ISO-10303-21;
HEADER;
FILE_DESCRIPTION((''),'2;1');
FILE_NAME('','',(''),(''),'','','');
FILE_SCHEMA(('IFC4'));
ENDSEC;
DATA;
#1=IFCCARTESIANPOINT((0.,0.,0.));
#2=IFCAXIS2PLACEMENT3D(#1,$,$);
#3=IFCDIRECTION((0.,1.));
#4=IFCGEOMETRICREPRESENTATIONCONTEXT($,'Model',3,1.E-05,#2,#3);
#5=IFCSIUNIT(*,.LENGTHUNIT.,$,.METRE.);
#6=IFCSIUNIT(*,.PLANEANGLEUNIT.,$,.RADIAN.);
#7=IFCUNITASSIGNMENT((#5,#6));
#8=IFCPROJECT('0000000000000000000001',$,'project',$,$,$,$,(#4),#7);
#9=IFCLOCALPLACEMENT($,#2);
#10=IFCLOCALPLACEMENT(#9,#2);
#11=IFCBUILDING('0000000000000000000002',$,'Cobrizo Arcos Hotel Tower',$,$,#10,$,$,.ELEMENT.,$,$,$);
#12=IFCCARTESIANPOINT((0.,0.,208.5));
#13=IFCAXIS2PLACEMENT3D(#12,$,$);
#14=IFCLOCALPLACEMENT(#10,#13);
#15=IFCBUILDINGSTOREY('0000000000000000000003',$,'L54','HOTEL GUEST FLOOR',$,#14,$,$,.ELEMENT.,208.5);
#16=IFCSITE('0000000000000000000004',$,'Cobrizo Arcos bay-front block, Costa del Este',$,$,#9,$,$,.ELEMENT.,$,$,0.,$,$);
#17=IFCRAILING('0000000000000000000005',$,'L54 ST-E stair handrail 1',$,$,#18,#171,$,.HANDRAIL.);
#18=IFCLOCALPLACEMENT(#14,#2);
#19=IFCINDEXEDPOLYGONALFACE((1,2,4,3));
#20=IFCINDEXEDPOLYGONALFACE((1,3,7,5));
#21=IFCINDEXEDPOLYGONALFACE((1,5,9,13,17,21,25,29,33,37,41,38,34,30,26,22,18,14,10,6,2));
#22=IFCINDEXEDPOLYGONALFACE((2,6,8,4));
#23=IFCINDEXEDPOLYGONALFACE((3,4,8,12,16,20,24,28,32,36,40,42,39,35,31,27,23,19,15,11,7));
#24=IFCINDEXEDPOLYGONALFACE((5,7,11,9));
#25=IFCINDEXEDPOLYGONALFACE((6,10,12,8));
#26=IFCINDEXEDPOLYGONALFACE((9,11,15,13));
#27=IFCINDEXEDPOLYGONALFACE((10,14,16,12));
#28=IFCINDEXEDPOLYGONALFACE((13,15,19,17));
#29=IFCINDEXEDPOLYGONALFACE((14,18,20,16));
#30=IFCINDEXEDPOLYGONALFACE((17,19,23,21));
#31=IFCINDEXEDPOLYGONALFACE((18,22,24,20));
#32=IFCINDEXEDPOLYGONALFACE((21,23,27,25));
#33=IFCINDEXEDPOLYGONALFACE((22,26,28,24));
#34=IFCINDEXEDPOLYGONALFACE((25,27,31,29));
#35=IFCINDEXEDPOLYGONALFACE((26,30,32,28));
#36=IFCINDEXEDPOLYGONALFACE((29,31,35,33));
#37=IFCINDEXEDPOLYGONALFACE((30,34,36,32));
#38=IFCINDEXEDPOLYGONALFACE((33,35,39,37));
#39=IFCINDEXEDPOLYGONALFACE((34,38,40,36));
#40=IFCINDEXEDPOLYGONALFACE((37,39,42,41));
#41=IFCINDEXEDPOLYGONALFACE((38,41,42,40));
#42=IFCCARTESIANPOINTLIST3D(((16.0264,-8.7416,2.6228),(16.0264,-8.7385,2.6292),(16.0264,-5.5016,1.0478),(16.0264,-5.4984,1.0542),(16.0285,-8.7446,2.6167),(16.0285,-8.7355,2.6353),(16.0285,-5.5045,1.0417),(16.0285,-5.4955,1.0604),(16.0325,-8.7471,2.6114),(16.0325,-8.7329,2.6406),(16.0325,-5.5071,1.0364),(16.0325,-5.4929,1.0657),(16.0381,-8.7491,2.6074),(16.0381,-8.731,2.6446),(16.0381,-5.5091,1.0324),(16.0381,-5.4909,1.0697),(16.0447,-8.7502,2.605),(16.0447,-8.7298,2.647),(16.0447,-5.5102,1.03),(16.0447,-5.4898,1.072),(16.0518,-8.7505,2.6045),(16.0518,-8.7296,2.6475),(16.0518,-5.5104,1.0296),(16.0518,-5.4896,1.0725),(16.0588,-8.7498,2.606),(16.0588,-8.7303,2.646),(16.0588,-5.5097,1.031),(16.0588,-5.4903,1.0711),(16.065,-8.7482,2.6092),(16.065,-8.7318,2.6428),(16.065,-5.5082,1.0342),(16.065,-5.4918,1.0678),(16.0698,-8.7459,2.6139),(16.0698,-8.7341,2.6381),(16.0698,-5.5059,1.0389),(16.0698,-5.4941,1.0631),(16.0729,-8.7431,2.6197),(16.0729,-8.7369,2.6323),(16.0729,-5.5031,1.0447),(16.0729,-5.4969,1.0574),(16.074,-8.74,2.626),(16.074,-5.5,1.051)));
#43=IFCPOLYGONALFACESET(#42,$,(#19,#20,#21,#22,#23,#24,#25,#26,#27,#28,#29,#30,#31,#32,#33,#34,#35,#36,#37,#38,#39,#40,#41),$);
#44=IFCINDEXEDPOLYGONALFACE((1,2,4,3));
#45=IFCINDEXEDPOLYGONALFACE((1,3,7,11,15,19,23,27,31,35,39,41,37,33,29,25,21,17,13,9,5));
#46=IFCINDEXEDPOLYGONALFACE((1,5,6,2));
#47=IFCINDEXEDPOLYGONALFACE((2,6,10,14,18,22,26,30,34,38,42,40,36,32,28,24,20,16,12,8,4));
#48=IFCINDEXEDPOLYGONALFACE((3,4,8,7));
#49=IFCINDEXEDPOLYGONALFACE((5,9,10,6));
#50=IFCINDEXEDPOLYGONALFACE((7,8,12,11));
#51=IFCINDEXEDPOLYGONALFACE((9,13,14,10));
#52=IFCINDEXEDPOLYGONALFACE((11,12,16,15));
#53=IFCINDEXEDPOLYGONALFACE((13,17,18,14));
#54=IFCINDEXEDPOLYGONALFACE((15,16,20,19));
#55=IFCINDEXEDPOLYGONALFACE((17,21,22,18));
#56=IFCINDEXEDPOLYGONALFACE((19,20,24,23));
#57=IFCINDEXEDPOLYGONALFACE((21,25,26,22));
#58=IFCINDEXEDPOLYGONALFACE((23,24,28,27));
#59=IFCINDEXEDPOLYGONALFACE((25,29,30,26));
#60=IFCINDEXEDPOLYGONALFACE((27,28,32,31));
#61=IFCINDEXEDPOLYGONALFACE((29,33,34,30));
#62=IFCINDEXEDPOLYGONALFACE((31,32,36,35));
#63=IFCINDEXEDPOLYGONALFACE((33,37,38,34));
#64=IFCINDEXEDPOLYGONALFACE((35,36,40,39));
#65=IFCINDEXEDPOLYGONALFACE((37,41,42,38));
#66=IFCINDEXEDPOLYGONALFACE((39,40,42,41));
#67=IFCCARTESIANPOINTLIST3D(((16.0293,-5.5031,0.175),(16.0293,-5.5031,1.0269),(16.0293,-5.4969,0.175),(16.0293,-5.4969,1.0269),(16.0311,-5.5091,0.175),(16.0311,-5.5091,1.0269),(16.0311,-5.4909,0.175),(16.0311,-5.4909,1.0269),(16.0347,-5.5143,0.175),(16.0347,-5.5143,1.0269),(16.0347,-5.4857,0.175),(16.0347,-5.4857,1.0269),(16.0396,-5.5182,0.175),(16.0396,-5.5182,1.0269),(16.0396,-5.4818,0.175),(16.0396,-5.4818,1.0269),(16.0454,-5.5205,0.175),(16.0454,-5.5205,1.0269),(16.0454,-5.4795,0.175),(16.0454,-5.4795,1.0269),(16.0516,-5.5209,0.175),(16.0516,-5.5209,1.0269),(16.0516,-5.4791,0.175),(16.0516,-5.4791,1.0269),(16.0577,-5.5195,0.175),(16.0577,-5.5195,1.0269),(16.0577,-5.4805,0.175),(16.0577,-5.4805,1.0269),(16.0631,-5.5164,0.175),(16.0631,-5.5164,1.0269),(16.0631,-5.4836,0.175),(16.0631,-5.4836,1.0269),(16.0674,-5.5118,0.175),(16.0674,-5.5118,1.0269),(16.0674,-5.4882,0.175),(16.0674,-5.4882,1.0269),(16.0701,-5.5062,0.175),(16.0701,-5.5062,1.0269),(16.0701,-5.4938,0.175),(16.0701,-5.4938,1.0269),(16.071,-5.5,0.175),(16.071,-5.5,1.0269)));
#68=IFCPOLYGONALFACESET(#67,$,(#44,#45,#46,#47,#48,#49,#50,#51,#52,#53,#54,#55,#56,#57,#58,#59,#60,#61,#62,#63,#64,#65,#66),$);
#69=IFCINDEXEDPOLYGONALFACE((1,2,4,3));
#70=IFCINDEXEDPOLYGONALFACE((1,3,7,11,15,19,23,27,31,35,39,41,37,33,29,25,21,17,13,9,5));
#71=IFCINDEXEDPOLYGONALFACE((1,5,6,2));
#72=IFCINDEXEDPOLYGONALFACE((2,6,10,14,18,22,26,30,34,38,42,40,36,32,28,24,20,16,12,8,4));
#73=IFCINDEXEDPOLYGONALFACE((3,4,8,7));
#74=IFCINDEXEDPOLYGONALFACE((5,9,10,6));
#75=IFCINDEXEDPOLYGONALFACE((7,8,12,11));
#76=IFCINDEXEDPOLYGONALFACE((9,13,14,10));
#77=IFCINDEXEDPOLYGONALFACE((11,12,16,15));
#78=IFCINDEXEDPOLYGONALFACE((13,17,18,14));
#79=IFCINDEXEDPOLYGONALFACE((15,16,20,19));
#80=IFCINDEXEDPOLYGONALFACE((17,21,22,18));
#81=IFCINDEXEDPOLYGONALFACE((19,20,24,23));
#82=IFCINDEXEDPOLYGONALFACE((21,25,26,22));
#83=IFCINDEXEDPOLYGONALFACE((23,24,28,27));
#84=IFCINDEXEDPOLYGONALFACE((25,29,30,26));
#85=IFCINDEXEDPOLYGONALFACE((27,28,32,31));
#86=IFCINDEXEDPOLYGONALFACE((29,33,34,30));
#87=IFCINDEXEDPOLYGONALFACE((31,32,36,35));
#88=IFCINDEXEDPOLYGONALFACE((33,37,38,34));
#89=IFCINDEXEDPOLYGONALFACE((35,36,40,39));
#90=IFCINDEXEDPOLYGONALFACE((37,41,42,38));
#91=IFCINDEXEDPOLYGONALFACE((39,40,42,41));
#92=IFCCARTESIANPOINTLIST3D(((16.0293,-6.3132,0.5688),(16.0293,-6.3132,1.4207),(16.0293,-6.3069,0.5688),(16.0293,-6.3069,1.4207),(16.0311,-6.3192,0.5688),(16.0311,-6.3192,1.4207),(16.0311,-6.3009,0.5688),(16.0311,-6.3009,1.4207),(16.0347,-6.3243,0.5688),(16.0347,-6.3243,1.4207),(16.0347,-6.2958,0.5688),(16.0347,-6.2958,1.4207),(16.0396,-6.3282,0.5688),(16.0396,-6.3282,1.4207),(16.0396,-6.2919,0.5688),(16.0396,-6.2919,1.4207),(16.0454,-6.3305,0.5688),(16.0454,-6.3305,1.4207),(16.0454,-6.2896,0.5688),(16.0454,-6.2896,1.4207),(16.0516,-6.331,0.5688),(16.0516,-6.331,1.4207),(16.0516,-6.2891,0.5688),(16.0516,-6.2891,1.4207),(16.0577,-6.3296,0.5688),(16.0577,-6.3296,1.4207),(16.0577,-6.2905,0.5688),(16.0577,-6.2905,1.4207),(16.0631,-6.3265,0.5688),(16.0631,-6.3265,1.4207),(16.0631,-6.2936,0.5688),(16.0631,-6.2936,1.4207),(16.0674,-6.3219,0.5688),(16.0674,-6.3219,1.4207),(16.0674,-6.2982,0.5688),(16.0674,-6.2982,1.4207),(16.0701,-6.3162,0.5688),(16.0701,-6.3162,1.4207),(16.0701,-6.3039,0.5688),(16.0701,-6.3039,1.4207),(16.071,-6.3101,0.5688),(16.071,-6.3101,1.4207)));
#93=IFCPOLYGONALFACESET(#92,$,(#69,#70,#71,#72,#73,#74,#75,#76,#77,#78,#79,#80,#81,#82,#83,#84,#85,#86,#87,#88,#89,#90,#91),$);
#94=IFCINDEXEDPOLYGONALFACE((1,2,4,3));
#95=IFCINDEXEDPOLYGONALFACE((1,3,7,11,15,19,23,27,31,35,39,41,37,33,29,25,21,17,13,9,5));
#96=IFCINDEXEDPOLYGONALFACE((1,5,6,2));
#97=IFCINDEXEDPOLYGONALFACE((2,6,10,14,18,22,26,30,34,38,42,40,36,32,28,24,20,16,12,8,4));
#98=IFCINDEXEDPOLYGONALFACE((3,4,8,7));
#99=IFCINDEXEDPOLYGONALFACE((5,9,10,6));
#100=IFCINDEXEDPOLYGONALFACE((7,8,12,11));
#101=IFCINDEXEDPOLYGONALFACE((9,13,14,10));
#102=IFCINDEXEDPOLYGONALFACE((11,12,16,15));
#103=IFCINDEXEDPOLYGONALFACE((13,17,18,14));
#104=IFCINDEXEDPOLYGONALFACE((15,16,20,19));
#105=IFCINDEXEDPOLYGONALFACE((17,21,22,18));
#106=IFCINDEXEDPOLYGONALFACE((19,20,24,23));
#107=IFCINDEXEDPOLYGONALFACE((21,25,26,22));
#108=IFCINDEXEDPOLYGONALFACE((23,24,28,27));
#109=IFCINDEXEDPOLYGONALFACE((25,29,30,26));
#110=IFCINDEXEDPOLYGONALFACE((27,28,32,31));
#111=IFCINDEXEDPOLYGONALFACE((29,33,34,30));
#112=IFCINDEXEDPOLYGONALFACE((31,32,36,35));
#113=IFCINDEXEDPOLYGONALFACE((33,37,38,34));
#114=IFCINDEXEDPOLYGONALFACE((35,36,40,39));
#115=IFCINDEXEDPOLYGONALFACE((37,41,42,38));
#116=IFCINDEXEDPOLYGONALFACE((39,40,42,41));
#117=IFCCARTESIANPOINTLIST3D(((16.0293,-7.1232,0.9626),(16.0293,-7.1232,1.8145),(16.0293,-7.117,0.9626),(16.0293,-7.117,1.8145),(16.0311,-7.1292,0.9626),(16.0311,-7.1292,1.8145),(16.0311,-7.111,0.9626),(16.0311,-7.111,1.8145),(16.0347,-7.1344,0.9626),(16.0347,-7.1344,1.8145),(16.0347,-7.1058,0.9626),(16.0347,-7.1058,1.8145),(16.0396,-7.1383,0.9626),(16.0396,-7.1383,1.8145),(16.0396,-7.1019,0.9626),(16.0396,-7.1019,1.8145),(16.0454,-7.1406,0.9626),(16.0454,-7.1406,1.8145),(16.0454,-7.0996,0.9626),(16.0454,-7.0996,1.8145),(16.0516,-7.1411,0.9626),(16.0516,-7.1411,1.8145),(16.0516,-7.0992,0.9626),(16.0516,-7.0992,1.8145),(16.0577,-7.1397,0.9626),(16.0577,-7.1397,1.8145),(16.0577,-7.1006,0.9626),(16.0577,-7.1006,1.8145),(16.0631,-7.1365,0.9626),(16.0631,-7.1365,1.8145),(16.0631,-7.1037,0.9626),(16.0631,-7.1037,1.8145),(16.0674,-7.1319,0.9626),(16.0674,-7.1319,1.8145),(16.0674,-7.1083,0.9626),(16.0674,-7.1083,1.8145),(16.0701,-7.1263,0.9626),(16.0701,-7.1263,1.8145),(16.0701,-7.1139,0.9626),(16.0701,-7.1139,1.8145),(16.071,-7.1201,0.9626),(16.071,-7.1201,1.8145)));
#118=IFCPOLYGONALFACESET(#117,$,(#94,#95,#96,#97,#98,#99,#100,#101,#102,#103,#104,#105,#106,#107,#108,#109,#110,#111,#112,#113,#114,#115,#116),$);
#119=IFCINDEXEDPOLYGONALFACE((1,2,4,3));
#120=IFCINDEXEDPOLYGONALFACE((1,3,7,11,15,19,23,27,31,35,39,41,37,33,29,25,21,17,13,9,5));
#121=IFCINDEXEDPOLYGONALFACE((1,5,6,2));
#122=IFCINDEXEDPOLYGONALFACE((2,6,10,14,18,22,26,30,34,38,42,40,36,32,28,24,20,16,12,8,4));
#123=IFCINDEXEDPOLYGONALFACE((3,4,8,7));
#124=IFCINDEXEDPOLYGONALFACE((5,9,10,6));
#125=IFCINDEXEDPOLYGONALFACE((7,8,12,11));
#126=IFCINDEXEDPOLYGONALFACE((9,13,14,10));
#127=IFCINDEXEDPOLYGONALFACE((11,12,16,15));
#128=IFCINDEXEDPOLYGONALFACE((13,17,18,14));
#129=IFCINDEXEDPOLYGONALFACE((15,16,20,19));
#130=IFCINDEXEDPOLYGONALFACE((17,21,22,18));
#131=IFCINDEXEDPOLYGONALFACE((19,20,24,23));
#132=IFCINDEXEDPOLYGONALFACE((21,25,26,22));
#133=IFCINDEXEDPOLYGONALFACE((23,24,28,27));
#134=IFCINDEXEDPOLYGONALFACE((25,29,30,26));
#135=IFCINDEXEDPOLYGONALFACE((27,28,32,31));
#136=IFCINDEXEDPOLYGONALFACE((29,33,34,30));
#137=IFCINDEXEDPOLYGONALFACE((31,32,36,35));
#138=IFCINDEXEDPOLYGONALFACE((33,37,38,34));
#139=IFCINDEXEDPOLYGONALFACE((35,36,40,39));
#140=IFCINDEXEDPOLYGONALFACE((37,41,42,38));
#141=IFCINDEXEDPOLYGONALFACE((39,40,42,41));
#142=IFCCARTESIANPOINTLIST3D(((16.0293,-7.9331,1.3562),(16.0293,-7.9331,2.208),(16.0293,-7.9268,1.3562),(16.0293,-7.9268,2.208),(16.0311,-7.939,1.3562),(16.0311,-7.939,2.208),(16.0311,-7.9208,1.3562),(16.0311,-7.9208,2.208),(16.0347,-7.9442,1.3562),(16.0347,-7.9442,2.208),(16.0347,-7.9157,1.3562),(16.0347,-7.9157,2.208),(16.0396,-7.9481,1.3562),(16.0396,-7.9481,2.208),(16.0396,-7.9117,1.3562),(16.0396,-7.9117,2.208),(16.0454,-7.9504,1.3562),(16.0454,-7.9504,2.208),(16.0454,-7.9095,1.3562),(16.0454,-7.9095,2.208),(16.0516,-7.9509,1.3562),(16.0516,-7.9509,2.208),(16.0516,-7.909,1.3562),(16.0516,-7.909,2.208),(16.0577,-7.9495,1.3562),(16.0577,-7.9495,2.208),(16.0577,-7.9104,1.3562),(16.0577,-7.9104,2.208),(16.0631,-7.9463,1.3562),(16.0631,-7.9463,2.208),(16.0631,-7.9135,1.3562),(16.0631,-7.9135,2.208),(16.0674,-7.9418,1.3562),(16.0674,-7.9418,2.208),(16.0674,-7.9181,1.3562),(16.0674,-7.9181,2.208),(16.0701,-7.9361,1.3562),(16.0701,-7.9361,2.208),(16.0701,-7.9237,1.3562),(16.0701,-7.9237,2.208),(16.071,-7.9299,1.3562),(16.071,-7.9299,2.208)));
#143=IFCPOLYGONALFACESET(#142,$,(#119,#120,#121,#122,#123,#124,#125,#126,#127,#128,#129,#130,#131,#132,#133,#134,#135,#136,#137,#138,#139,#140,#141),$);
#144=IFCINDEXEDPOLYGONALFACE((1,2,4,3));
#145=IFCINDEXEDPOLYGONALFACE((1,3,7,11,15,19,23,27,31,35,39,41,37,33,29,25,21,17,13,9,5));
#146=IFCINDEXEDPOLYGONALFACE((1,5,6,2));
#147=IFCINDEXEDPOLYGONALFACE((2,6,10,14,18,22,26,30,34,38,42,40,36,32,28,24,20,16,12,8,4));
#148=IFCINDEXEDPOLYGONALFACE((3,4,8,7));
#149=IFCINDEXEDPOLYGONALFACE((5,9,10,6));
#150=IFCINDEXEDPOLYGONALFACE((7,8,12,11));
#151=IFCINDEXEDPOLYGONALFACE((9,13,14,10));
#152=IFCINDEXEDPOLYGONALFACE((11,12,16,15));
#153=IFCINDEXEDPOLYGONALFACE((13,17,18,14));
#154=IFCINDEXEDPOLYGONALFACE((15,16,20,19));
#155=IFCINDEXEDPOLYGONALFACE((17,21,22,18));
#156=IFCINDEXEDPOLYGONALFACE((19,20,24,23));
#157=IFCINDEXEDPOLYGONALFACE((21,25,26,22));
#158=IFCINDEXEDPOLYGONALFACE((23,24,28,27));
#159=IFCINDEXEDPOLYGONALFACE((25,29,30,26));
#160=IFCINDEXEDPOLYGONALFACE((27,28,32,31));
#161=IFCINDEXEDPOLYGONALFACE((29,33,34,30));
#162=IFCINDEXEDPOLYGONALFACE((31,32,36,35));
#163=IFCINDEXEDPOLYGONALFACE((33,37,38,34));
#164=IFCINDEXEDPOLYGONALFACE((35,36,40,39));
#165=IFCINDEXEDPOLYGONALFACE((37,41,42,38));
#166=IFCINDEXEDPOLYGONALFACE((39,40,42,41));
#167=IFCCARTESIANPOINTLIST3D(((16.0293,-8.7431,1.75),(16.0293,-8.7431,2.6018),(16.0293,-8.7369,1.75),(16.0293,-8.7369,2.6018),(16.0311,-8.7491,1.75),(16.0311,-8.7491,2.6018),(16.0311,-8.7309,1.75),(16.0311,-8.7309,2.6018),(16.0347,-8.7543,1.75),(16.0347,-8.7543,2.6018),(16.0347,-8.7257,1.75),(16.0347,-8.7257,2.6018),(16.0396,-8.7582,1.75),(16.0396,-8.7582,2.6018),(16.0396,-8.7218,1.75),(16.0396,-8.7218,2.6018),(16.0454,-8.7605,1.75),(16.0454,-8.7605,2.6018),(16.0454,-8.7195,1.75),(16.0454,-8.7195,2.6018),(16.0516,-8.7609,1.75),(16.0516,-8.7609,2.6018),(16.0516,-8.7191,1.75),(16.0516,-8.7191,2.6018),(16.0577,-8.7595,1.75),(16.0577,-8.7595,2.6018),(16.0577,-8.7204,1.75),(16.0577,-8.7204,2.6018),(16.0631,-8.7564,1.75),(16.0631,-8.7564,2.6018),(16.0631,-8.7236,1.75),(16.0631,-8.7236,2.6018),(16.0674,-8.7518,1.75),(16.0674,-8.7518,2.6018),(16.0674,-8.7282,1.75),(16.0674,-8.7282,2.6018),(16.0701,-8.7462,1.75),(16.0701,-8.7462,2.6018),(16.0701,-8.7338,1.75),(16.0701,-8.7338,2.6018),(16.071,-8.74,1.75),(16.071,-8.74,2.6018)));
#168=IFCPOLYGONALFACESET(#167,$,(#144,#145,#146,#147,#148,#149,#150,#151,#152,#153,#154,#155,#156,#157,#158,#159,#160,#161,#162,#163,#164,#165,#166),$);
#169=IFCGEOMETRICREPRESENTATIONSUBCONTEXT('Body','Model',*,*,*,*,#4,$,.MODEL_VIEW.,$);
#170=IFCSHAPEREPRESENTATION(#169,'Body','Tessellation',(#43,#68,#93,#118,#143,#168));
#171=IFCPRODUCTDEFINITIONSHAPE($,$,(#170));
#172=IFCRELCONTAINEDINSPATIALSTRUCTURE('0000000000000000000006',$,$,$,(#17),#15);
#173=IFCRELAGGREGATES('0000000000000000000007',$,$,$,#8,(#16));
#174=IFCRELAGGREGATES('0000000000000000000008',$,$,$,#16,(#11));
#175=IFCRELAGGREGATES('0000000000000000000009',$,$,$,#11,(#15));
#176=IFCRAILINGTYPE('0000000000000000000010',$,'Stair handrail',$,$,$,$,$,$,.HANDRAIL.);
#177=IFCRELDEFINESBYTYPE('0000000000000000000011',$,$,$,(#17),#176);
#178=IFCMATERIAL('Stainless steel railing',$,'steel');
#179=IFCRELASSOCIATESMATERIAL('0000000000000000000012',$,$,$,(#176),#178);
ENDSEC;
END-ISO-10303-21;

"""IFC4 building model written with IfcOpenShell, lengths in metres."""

from ifc_helpers import new_model, si_unit, direction, frame, origin, origin_2d, place, context, subcontext, project, spatial, circle, extrude, material, type_object, element, save


model = new_model("IFC4")

# Units and contexts
model_context = context("Model", 3, precision=1e-05, world=origin(), true_north=direction((0.0, 1.0)))
body_context = subcontext(model_context, "Body", "Model", "MODEL_VIEW")
ifc_project = project(units=[si_unit("LENGTHUNIT", "METRE"), si_unit("PLANEANGLEUNIT", "RADIAN")], contexts=[model_context])

# Site, building, storey
site_placement = place(None, origin())
site = spatial("IfcSite", under=ifc_project, at=site_placement, Name="Cobrizo Arcos bay-front block, Costa del Este", CompositionType="ELEMENT", RefElevation=0.0)
building_placement = place(site_placement, origin())
building = spatial("IfcBuilding", under=site, at=building_placement, Name="Cobrizo Arcos Hotel Tower", CompositionType="ELEMENT")
storey_placement = place(building_placement, frame((0.0, 0.0, 208.5)))
storey = spatial("IfcBuildingStorey", under=building, at=storey_placement, Name="L54", Description="HOTEL GUEST FLOOR", CompositionType="ELEMENT", Elevation=208.5)

# Railing
ifc_material_1 = material(Name="Stainless steel railing", Category="steel")
railing_type_1 = type_object("IfcRailingType", Name="Stair handrail", PredefinedType="HANDRAIL", material=ifc_material_1)
railing_1_placement = place(storey_placement, frame((16.05, -5.5, 0.175)))
element("IfcRailing", 1, at=railing_1_placement, inside=storey, type_object=railing_type_1, Name="L54 ST-E stair handrail 1", PredefinedType="HANDRAIL", context=body_context, shape_type="SweptSolid", body=[
    extrude(circle(Radius=0.0239, at=origin_2d()), frame((0.0, 0.0, 0.876), z_axis=(0.0, -0.899373, 0.437183), x_axis=(1.0, 0.0, 0.0)), (0.0, 0.0, 1.0), 3.6025),
    extrude(circle(Radius=0.021, at=origin_2d()), origin(), (0.0, 0.0, 1.0), 0.8518),
    extrude(circle(Radius=0.021, at=origin_2d()), frame((0.0, -0.8101, 0.3938)), (0.0, 0.0, 1.0), 0.8518),
    extrude(circle(Radius=0.021, at=origin_2d()), frame((0.0, -1.6201, 0.7876)), (0.0, 0.0, 1.0), 0.8518),
    extrude(circle(Radius=0.021, at=origin_2d()), frame((0.0, -2.4299, 1.1812)), (0.0, 0.0, 1.0), 0.8518),
    extrude(circle(Radius=0.021, at=origin_2d()), frame((0.0, -3.24, 1.575)), (0.0, 0.0, 1.0), 0.8518),
])

save(model, "model.ifc")
